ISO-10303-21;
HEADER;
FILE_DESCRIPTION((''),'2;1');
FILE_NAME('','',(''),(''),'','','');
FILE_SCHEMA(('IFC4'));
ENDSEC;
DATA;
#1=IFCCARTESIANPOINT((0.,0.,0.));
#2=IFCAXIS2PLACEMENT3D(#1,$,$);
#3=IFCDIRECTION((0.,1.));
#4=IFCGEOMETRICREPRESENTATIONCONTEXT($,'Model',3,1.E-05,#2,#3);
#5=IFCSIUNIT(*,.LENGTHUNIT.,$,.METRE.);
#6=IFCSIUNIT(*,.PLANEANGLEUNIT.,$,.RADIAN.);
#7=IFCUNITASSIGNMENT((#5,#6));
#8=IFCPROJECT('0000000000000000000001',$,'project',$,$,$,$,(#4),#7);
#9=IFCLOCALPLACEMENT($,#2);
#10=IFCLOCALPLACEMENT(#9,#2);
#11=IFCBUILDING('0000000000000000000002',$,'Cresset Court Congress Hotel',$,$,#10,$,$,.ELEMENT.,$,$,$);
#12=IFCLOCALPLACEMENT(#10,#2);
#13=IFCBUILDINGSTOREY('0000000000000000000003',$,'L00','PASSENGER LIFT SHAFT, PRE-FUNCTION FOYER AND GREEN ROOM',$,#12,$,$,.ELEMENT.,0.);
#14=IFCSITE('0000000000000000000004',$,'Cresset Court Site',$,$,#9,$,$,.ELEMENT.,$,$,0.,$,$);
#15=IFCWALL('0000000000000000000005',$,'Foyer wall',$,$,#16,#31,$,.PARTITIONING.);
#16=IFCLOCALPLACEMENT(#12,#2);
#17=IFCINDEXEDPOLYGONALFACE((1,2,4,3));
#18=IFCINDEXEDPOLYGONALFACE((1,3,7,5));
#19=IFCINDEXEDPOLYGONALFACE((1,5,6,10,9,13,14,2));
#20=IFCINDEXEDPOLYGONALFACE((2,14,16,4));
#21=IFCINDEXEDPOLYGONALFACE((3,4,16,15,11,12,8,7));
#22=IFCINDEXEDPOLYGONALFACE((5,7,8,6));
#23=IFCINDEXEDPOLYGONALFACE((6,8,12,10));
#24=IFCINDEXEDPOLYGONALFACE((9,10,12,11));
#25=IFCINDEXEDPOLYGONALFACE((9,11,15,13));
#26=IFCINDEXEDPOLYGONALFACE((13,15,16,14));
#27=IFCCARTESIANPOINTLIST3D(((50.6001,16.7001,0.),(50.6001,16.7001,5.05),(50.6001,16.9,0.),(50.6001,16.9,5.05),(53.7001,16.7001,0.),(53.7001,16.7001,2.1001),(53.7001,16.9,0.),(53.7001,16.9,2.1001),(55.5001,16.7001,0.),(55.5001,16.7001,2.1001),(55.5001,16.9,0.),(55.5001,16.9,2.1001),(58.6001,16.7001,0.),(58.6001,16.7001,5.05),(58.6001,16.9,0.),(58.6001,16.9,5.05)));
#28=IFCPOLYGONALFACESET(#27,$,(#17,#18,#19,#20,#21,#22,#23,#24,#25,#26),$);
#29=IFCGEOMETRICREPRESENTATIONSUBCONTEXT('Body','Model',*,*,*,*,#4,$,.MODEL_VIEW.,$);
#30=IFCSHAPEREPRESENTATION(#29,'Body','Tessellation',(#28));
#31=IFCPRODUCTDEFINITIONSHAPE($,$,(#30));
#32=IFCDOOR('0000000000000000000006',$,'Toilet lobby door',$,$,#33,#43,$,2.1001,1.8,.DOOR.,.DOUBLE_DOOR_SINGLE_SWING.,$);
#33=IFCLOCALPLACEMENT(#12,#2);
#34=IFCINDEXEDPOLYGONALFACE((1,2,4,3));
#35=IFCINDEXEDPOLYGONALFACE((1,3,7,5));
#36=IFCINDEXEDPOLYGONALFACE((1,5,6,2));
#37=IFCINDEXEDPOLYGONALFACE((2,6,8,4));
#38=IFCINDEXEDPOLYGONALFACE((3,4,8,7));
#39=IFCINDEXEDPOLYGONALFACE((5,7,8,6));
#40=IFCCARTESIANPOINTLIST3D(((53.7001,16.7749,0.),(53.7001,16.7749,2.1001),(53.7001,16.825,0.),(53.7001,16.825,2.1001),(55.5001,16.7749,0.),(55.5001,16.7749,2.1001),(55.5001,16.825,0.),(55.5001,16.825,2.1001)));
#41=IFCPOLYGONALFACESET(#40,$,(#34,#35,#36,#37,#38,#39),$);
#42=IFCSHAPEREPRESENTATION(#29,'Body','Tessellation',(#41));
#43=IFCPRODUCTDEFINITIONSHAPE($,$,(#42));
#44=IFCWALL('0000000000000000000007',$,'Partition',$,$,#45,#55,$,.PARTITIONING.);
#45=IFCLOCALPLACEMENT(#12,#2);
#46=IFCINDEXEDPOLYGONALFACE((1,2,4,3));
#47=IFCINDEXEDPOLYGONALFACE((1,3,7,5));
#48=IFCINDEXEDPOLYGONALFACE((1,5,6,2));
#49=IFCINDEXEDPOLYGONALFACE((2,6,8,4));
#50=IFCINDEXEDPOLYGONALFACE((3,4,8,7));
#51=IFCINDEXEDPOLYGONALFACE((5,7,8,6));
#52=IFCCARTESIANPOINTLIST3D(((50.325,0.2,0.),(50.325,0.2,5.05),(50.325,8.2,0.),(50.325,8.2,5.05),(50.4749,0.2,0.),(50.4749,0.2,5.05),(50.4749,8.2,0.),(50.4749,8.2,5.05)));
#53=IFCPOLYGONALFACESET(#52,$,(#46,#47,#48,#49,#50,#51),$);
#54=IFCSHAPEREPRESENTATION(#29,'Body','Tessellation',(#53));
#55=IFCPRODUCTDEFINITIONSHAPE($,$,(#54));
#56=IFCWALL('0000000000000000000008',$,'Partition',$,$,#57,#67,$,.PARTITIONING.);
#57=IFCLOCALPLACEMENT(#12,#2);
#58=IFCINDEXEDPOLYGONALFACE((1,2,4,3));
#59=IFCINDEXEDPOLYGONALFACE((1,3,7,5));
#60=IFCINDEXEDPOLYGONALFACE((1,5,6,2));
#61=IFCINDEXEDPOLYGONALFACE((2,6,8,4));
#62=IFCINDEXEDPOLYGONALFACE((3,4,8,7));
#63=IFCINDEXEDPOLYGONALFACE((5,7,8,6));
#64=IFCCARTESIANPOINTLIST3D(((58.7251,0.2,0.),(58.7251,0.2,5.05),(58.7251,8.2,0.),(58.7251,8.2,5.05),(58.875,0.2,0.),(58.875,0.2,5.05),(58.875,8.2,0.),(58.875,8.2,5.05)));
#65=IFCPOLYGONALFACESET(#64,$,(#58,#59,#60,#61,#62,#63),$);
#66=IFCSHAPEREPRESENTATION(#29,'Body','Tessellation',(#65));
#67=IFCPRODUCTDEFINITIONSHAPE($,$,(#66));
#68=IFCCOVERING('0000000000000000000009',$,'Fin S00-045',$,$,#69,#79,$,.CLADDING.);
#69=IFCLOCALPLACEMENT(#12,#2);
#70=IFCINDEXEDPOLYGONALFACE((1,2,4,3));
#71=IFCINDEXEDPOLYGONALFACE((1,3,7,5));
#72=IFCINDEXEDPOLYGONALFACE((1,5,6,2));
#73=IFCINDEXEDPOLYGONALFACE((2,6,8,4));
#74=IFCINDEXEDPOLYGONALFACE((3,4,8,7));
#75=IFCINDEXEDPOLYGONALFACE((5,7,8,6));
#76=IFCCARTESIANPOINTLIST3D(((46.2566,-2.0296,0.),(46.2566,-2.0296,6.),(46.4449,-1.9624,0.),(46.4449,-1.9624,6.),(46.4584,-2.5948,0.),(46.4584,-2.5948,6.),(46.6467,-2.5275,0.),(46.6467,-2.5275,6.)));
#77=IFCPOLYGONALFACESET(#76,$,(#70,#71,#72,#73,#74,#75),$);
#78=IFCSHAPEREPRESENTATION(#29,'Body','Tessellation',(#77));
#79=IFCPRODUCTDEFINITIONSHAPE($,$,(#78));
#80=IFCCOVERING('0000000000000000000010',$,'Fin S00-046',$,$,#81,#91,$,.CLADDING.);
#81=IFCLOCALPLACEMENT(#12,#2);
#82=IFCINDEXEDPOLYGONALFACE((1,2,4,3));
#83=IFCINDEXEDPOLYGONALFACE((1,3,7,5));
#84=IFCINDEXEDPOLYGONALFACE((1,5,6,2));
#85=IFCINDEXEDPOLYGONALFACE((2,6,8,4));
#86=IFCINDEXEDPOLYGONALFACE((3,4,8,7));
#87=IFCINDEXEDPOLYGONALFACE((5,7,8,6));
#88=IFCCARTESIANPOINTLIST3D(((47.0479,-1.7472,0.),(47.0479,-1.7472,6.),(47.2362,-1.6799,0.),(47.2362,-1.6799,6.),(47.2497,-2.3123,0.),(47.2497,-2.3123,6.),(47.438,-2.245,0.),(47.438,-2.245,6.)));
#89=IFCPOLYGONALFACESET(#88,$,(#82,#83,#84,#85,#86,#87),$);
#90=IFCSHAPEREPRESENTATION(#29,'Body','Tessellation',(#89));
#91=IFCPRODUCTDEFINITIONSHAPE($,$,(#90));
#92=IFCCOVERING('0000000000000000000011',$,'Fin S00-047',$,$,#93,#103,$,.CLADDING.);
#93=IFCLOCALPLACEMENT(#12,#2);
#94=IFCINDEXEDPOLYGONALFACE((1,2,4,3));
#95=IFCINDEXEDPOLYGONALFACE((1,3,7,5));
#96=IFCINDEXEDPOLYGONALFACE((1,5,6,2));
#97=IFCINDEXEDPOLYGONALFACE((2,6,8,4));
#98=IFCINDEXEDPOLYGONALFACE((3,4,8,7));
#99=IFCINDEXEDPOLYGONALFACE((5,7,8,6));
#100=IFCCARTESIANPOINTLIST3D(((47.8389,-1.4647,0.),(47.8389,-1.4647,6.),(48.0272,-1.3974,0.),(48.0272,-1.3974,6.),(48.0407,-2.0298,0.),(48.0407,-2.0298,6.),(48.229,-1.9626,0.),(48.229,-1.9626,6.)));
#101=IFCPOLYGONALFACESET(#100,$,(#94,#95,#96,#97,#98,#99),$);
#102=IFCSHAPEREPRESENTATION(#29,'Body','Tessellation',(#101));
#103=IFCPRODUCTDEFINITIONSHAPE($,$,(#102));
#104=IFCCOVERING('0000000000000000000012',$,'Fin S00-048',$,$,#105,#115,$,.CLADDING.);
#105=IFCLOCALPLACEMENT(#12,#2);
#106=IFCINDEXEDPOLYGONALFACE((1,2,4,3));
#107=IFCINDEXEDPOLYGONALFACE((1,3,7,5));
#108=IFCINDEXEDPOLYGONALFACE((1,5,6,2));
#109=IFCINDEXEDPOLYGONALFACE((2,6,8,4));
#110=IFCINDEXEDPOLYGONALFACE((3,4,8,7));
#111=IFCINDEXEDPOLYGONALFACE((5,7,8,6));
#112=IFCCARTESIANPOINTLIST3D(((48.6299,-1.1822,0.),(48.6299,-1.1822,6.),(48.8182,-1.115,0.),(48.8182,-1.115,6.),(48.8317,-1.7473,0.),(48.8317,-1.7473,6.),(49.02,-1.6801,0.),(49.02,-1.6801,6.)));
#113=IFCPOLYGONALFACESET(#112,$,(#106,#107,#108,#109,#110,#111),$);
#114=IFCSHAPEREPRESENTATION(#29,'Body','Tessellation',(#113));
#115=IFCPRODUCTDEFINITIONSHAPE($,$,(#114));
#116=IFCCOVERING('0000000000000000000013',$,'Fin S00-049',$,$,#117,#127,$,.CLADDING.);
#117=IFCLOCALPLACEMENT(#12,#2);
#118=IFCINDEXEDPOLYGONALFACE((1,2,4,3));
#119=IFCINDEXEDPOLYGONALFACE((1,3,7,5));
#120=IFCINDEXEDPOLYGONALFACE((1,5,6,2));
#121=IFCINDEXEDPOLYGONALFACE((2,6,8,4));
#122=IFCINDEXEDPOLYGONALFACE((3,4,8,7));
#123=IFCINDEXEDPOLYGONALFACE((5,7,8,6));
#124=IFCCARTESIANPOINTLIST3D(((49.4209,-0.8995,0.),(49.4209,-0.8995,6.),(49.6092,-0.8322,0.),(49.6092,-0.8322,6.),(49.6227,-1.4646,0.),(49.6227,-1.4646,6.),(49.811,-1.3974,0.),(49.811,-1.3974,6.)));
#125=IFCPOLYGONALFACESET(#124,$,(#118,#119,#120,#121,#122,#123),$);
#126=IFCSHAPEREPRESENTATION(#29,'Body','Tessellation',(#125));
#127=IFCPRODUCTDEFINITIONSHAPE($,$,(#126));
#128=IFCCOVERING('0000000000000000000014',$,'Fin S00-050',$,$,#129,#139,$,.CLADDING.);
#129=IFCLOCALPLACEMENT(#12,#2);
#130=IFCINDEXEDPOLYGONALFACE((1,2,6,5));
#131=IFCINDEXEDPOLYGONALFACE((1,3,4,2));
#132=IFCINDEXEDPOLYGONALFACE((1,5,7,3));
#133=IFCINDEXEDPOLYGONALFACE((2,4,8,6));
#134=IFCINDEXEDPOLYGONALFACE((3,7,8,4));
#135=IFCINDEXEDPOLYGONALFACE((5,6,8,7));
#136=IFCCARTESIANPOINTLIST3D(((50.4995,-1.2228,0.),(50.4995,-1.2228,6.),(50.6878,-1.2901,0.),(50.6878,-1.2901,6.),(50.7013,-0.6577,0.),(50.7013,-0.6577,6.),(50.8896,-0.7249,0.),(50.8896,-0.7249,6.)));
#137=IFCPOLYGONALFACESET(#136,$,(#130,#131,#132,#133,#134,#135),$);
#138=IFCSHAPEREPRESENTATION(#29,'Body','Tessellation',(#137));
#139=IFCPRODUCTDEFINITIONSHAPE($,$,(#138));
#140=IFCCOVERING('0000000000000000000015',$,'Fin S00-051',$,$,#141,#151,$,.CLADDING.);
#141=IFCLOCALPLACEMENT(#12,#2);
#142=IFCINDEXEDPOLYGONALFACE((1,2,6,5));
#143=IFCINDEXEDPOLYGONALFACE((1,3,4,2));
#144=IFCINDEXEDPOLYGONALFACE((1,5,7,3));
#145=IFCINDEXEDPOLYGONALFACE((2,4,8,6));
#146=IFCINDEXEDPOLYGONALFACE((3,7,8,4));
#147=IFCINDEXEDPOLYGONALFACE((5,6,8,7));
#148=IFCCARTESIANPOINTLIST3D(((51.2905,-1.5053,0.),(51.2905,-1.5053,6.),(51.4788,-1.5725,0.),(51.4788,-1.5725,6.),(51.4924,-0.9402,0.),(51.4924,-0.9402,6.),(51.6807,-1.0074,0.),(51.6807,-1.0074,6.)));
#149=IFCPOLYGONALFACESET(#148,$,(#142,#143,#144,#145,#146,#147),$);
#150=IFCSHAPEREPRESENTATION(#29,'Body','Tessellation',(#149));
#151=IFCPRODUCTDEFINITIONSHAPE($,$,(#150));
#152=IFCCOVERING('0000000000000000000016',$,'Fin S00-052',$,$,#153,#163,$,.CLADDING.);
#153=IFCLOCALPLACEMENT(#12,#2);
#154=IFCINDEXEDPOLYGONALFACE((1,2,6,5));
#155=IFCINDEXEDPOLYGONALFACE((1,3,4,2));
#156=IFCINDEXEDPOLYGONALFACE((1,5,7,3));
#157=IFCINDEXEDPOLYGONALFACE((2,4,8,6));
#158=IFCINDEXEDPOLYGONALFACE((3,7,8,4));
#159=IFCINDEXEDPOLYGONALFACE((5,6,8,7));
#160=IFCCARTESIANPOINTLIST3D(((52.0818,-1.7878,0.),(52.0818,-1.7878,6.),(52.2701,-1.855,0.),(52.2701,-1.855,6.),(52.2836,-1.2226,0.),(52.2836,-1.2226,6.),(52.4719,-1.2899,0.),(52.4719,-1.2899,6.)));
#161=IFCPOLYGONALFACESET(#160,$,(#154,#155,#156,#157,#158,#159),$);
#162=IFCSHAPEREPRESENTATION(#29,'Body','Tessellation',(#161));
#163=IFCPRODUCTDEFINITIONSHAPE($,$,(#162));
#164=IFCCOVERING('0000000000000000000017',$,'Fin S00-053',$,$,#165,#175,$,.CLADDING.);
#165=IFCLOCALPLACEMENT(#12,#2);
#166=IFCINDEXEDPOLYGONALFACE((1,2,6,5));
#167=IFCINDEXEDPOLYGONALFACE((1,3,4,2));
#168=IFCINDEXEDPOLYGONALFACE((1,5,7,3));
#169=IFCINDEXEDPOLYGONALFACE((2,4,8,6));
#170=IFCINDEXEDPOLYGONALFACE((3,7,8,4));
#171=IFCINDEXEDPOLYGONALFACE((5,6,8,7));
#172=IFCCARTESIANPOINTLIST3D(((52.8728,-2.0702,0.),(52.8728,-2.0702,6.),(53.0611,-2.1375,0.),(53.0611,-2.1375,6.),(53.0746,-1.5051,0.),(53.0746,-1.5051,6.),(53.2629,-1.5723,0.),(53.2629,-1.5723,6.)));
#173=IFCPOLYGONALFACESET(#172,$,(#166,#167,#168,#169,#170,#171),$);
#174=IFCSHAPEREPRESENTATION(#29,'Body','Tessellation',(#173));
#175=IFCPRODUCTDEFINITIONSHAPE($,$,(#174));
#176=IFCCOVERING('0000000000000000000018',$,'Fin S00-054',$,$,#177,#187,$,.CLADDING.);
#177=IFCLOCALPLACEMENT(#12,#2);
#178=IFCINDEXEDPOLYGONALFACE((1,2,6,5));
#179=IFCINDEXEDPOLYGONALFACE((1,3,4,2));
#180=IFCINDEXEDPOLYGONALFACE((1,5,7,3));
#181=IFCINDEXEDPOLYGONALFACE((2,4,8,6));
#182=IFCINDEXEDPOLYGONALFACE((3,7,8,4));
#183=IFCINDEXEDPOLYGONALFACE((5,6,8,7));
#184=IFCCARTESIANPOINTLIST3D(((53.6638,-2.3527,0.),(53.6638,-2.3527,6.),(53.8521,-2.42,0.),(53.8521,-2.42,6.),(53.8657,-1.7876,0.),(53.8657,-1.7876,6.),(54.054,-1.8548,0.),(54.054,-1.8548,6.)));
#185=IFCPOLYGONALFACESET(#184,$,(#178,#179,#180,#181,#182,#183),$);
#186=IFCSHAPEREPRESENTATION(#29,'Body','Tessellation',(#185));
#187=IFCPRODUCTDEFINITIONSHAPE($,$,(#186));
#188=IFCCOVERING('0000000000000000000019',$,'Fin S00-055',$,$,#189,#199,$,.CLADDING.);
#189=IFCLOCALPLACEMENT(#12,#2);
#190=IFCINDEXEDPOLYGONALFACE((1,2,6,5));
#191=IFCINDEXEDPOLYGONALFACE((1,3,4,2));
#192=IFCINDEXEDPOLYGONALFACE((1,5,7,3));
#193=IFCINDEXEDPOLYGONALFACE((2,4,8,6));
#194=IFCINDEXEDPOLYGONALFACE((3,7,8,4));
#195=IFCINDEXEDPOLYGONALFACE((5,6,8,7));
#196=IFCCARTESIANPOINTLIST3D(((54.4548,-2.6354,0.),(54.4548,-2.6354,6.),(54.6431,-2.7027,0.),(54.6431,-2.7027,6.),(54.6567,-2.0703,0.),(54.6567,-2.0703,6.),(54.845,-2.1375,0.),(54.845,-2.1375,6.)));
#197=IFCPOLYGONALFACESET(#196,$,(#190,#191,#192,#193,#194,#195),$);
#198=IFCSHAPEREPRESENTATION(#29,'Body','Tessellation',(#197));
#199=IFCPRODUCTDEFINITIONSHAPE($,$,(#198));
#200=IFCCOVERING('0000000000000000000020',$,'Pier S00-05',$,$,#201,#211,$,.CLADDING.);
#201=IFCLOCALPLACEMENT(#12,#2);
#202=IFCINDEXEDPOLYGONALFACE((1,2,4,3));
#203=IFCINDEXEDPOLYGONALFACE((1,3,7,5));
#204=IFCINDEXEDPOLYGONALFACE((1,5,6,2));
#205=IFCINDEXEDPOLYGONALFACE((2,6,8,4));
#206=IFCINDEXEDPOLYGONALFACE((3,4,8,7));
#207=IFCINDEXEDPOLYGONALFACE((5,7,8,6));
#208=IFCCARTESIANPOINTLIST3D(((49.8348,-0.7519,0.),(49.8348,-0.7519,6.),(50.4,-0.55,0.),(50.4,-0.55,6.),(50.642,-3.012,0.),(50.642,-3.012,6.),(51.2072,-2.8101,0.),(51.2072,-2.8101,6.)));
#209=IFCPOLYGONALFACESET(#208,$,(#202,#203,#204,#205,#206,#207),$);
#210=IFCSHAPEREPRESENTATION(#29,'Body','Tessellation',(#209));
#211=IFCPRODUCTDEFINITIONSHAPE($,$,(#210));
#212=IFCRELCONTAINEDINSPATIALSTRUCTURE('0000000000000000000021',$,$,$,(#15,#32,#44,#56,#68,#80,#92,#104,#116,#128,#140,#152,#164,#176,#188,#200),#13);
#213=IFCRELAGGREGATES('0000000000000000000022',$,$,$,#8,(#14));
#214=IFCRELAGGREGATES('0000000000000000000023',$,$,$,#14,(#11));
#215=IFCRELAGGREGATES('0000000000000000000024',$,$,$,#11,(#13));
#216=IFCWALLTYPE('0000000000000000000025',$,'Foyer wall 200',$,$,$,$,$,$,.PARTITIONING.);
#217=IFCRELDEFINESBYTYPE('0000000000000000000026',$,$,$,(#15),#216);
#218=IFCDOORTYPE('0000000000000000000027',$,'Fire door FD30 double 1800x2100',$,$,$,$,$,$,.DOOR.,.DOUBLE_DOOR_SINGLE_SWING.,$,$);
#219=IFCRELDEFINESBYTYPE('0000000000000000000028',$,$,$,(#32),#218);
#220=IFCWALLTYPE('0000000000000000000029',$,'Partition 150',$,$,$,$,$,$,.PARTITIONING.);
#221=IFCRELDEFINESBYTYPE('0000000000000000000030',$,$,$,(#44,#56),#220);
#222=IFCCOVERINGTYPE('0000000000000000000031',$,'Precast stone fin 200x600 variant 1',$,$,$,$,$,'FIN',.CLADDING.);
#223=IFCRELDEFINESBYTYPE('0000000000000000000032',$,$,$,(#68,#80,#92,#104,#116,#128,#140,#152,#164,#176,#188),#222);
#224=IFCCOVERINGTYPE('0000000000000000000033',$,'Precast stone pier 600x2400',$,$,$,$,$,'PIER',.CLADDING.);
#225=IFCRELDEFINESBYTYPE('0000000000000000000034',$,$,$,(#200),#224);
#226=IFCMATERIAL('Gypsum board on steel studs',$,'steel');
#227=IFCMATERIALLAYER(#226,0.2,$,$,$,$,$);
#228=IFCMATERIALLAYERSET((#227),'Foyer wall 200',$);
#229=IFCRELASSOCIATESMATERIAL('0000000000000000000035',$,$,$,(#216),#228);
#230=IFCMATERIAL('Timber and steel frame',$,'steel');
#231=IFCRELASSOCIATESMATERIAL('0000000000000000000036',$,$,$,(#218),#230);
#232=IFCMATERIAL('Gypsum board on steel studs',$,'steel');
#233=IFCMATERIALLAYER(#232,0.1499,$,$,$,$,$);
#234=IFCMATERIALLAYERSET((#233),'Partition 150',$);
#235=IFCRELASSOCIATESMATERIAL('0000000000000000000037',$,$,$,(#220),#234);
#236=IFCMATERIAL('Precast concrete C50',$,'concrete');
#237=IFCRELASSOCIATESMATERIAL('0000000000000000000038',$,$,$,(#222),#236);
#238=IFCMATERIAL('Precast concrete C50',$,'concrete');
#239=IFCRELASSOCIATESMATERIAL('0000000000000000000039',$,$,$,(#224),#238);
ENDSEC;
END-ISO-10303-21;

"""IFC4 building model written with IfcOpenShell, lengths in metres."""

from ifc_helpers import new_model, si_unit, direction, frame, frame_2d, origin, origin_2d, place, context, subcontext, project, spatial, rectangle, extrude, material, layer, layer_set, type_object, element, fill, save


model = new_model("IFC4")

# Units and contexts
model_context = context("Model", 3, precision=1e-05, world=origin(), true_north=direction((0.0, 1.0)))
body_context = subcontext(model_context, "Body", "Model", "MODEL_VIEW")
ifc_project = project(units=[si_unit("LENGTHUNIT", "METRE"), si_unit("PLANEANGLEUNIT", "RADIAN")], contexts=[model_context])

# Site, building, storey
site_placement = place(None, origin())
site = spatial("IfcSite", under=ifc_project, at=site_placement, Name="Cresset Court Site", CompositionType="ELEMENT", RefElevation=0.0)
building_placement = place(site_placement, origin())
building = spatial("IfcBuilding", under=site, at=building_placement, Name="Cresset Court Congress Hotel", CompositionType="ELEMENT")
storey_placement = place(building_placement, origin())
storey = spatial("IfcBuildingStorey", under=building, at=storey_placement, Name="L00", Description="PASSENGER LIFT SHAFT, PRE-FUNCTION FOYER AND GREEN ROOM", CompositionType="ELEMENT", Elevation=0.0)

# Wall, opening, door
ifc_material_1 = material(Name="Gypsum board on steel studs", Category="steel")
ifc_layer_1 = layer(ifc_material_1, 0.2)
ifc_layer_set_1 = layer_set([ifc_layer_1], Name="Foyer wall 200")
wall_type_1 = type_object("IfcWallType", Name="Foyer wall 200", PredefinedType="PARTITIONING", material=ifc_layer_set_1)
wall_1_placement = place(storey_placement, frame((50.6001, 16.8, 0.0), z_axis=(0.0, 0.0, 1.0), x_axis=(1.0, 0.0, 0.0)))
wall_1 = element("IfcWall", 1, at=wall_1_placement, inside=storey, type_object=wall_type_1, Name="Foyer wall", PredefinedType="PARTITIONING", context=body_context, shape_type="SweptSolid", body=[
    extrude(rectangle(XDim=8.0, YDim=0.2, at=frame_2d((4.0, 0.0))), origin(), (0.0, 0.0, 1.0), 5.05),
])
opening_1_placement = place(wall_1_placement, frame((3.1001, 0.0, 0.0)))
opening_1 = element("IfcOpeningElement", 2, at=opening_1_placement, cuts=wall_1, PredefinedType="OPENING", context=body_context, shape_type="SweptSolid", body=[
    extrude(rectangle(XDim=1.8, YDim=2.1001, at=frame_2d((0.8999, 1.05))), frame((0.0, 0.1099, 0.0), z_axis=(0.0, -1.0, 0.0), x_axis=(1.0, 0.0, 0.0)), (0.0, 0.0, 1.0), 0.22),
])
ifc_material_2 = material(Name="Timber and steel frame", Category="steel")
door_type_1 = type_object("IfcDoorType", Name="Fire door FD30 double 1800x2100", OperationType="DOUBLE_DOOR_SINGLE_SWING", PredefinedType="DOOR", material=ifc_material_2)
door_1_placement = place(opening_1_placement, origin())
door_1 = element("IfcDoor", 3, at=door_1_placement, inside=storey, type_object=door_type_1, Name="Toilet lobby door", OperationType="DOUBLE_DOOR_SINGLE_SWING", OverallHeight=2.1001, OverallWidth=1.8, PredefinedType="DOOR", context=body_context, shape_type="SweptSolid", body=[
    extrude(rectangle(XDim=1.8, YDim=2.1001, at=frame_2d((0.8999, 1.05))), frame((0.0, 0.0249, 0.0), z_axis=(0.0, -1.0, 0.0), x_axis=(1.0, 0.0, 0.0)), (0.0, 0.0, 1.0), 0.05),
])
fill(opening_1, door_1)

# Walls
ifc_material_3 = material(Name="Gypsum board on steel studs", Category="steel")
ifc_layer_2 = layer(ifc_material_3, 0.1499)
ifc_layer_set_2 = layer_set([ifc_layer_2], Name="Partition 150")
wall_type_2 = type_object("IfcWallType", Name="Partition 150", PredefinedType="PARTITIONING", material=ifc_layer_set_2)
for number, where, z_axis, x_axis, name in (
    (4, (50.3999, 0.2, 0.0), (0.0, 0.0, 1.0), (0.0, 1.0, 0.0), "Partition"),
    (5, (58.8, 0.2, 0.0), (0.0, 0.0, 1.0), (0.0, 1.0, 0.0), "Partition"),
):
    element("IfcWall", number, at=place(storey_placement, frame(where, z_axis=z_axis, x_axis=x_axis)), inside=storey, type_object=wall_type_2, Name=name, PredefinedType="PARTITIONING", context=body_context, shape_type="SweptSolid", body=[
        extrude(rectangle(XDim=8.0, YDim=0.1499, at=frame_2d((4.0, 0.0))), origin(), (0.0, 0.0, 1.0), 5.05),
    ])

# Coverings
ifc_material_4 = material(Name="Precast concrete C50", Category="concrete")
covering_type_1 = type_object("IfcCoveringType", Name="Precast stone fin 200x600 variant 1", ElementType="FIN", PredefinedType="CLADDING", material=ifc_material_4)
for number, where, z_axis, x_axis, name in (
    (6, (46.4517, -2.2786, 0.0), (0.0, 0.0, 1.0), (0.941742, 0.336336, 0.0), "Fin S00-045"),
    (7, (47.2429, -1.9961, 0.0), (0.0, 0.0, 1.0), (0.941742, 0.336336, 0.0), "Fin S00-046"),
    (8, (48.0339, -1.7136, 0.0), (0.0, 0.0, 1.0), (0.941742, 0.336336, 0.0), "Fin S00-047"),
    (9, (48.825, -1.4312, 0.0), (0.0, 0.0, 1.0), (0.941742, 0.336336, 0.0), "Fin S00-048"),
    (10, (49.616, -1.1484, 0.0), (0.0, 0.0, 1.0), (0.941742, 0.336336, 0.0), "Fin S00-049"),
    (11, (50.6946, -0.9739, 0.0), (0.0, 0.0, 1.0), (0.941742, -0.336336, 0.0), "Fin S00-050"),
    (12, (51.4856, -1.2563, 0.0), (0.0, 0.0, 1.0), (0.941742, -0.336336, 0.0), "Fin S00-051"),
    (13, (52.2769, -1.5388, 0.0), (0.0, 0.0, 1.0), (0.941742, -0.336336, 0.0), "Fin S00-052"),
    (14, (53.0679, -1.8213, 0.0), (0.0, 0.0, 1.0), (0.941742, -0.336336, 0.0), "Fin S00-053"),
    (15, (53.8589, -2.1038, 0.0), (0.0, 0.0, 1.0), (0.941742, -0.336336, 0.0), "Fin S00-054"),
    (16, (54.6499, -2.3865, 0.0), (0.0, 0.0, 1.0), (0.941742, -0.336336, 0.0), "Fin S00-055"),
):
    element("IfcCovering", number, at=place(storey_placement, frame(where, z_axis=z_axis, x_axis=x_axis)), inside=storey, type_object=covering_type_1, Name=name, PredefinedType="CLADDING", context=body_context, shape_type="SweptSolid", body=[
        extrude(rectangle(XDim=0.2, YDim=0.6001, at=origin_2d()), origin(), (0.0, 0.0, 1.0), 6.0),
    ])
ifc_material_5 = material(Name="Precast concrete C50", Category="concrete")
covering_type_2 = type_object("IfcCoveringType", Name="Precast stone pier 600x2400", ElementType="PIER", PredefinedType="CLADDING", material=ifc_material_5)
covering_placement = place(storey_placement, frame((50.521, -1.781, 0.0), z_axis=(0.0, 0.0, 1.0), x_axis=(0.941742, 0.336336, 0.0)))
element("IfcCovering", 17, at=covering_placement, inside=storey, type_object=covering_type_2, Name="Pier S00-05", PredefinedType="CLADDING", context=body_context, shape_type="SweptSolid", body=[
    extrude(rectangle(XDim=0.6001, YDim=2.3999, at=origin_2d()), origin(), (0.0, 0.0, 1.0), 6.0),
])

save(model, "model.ifc")
